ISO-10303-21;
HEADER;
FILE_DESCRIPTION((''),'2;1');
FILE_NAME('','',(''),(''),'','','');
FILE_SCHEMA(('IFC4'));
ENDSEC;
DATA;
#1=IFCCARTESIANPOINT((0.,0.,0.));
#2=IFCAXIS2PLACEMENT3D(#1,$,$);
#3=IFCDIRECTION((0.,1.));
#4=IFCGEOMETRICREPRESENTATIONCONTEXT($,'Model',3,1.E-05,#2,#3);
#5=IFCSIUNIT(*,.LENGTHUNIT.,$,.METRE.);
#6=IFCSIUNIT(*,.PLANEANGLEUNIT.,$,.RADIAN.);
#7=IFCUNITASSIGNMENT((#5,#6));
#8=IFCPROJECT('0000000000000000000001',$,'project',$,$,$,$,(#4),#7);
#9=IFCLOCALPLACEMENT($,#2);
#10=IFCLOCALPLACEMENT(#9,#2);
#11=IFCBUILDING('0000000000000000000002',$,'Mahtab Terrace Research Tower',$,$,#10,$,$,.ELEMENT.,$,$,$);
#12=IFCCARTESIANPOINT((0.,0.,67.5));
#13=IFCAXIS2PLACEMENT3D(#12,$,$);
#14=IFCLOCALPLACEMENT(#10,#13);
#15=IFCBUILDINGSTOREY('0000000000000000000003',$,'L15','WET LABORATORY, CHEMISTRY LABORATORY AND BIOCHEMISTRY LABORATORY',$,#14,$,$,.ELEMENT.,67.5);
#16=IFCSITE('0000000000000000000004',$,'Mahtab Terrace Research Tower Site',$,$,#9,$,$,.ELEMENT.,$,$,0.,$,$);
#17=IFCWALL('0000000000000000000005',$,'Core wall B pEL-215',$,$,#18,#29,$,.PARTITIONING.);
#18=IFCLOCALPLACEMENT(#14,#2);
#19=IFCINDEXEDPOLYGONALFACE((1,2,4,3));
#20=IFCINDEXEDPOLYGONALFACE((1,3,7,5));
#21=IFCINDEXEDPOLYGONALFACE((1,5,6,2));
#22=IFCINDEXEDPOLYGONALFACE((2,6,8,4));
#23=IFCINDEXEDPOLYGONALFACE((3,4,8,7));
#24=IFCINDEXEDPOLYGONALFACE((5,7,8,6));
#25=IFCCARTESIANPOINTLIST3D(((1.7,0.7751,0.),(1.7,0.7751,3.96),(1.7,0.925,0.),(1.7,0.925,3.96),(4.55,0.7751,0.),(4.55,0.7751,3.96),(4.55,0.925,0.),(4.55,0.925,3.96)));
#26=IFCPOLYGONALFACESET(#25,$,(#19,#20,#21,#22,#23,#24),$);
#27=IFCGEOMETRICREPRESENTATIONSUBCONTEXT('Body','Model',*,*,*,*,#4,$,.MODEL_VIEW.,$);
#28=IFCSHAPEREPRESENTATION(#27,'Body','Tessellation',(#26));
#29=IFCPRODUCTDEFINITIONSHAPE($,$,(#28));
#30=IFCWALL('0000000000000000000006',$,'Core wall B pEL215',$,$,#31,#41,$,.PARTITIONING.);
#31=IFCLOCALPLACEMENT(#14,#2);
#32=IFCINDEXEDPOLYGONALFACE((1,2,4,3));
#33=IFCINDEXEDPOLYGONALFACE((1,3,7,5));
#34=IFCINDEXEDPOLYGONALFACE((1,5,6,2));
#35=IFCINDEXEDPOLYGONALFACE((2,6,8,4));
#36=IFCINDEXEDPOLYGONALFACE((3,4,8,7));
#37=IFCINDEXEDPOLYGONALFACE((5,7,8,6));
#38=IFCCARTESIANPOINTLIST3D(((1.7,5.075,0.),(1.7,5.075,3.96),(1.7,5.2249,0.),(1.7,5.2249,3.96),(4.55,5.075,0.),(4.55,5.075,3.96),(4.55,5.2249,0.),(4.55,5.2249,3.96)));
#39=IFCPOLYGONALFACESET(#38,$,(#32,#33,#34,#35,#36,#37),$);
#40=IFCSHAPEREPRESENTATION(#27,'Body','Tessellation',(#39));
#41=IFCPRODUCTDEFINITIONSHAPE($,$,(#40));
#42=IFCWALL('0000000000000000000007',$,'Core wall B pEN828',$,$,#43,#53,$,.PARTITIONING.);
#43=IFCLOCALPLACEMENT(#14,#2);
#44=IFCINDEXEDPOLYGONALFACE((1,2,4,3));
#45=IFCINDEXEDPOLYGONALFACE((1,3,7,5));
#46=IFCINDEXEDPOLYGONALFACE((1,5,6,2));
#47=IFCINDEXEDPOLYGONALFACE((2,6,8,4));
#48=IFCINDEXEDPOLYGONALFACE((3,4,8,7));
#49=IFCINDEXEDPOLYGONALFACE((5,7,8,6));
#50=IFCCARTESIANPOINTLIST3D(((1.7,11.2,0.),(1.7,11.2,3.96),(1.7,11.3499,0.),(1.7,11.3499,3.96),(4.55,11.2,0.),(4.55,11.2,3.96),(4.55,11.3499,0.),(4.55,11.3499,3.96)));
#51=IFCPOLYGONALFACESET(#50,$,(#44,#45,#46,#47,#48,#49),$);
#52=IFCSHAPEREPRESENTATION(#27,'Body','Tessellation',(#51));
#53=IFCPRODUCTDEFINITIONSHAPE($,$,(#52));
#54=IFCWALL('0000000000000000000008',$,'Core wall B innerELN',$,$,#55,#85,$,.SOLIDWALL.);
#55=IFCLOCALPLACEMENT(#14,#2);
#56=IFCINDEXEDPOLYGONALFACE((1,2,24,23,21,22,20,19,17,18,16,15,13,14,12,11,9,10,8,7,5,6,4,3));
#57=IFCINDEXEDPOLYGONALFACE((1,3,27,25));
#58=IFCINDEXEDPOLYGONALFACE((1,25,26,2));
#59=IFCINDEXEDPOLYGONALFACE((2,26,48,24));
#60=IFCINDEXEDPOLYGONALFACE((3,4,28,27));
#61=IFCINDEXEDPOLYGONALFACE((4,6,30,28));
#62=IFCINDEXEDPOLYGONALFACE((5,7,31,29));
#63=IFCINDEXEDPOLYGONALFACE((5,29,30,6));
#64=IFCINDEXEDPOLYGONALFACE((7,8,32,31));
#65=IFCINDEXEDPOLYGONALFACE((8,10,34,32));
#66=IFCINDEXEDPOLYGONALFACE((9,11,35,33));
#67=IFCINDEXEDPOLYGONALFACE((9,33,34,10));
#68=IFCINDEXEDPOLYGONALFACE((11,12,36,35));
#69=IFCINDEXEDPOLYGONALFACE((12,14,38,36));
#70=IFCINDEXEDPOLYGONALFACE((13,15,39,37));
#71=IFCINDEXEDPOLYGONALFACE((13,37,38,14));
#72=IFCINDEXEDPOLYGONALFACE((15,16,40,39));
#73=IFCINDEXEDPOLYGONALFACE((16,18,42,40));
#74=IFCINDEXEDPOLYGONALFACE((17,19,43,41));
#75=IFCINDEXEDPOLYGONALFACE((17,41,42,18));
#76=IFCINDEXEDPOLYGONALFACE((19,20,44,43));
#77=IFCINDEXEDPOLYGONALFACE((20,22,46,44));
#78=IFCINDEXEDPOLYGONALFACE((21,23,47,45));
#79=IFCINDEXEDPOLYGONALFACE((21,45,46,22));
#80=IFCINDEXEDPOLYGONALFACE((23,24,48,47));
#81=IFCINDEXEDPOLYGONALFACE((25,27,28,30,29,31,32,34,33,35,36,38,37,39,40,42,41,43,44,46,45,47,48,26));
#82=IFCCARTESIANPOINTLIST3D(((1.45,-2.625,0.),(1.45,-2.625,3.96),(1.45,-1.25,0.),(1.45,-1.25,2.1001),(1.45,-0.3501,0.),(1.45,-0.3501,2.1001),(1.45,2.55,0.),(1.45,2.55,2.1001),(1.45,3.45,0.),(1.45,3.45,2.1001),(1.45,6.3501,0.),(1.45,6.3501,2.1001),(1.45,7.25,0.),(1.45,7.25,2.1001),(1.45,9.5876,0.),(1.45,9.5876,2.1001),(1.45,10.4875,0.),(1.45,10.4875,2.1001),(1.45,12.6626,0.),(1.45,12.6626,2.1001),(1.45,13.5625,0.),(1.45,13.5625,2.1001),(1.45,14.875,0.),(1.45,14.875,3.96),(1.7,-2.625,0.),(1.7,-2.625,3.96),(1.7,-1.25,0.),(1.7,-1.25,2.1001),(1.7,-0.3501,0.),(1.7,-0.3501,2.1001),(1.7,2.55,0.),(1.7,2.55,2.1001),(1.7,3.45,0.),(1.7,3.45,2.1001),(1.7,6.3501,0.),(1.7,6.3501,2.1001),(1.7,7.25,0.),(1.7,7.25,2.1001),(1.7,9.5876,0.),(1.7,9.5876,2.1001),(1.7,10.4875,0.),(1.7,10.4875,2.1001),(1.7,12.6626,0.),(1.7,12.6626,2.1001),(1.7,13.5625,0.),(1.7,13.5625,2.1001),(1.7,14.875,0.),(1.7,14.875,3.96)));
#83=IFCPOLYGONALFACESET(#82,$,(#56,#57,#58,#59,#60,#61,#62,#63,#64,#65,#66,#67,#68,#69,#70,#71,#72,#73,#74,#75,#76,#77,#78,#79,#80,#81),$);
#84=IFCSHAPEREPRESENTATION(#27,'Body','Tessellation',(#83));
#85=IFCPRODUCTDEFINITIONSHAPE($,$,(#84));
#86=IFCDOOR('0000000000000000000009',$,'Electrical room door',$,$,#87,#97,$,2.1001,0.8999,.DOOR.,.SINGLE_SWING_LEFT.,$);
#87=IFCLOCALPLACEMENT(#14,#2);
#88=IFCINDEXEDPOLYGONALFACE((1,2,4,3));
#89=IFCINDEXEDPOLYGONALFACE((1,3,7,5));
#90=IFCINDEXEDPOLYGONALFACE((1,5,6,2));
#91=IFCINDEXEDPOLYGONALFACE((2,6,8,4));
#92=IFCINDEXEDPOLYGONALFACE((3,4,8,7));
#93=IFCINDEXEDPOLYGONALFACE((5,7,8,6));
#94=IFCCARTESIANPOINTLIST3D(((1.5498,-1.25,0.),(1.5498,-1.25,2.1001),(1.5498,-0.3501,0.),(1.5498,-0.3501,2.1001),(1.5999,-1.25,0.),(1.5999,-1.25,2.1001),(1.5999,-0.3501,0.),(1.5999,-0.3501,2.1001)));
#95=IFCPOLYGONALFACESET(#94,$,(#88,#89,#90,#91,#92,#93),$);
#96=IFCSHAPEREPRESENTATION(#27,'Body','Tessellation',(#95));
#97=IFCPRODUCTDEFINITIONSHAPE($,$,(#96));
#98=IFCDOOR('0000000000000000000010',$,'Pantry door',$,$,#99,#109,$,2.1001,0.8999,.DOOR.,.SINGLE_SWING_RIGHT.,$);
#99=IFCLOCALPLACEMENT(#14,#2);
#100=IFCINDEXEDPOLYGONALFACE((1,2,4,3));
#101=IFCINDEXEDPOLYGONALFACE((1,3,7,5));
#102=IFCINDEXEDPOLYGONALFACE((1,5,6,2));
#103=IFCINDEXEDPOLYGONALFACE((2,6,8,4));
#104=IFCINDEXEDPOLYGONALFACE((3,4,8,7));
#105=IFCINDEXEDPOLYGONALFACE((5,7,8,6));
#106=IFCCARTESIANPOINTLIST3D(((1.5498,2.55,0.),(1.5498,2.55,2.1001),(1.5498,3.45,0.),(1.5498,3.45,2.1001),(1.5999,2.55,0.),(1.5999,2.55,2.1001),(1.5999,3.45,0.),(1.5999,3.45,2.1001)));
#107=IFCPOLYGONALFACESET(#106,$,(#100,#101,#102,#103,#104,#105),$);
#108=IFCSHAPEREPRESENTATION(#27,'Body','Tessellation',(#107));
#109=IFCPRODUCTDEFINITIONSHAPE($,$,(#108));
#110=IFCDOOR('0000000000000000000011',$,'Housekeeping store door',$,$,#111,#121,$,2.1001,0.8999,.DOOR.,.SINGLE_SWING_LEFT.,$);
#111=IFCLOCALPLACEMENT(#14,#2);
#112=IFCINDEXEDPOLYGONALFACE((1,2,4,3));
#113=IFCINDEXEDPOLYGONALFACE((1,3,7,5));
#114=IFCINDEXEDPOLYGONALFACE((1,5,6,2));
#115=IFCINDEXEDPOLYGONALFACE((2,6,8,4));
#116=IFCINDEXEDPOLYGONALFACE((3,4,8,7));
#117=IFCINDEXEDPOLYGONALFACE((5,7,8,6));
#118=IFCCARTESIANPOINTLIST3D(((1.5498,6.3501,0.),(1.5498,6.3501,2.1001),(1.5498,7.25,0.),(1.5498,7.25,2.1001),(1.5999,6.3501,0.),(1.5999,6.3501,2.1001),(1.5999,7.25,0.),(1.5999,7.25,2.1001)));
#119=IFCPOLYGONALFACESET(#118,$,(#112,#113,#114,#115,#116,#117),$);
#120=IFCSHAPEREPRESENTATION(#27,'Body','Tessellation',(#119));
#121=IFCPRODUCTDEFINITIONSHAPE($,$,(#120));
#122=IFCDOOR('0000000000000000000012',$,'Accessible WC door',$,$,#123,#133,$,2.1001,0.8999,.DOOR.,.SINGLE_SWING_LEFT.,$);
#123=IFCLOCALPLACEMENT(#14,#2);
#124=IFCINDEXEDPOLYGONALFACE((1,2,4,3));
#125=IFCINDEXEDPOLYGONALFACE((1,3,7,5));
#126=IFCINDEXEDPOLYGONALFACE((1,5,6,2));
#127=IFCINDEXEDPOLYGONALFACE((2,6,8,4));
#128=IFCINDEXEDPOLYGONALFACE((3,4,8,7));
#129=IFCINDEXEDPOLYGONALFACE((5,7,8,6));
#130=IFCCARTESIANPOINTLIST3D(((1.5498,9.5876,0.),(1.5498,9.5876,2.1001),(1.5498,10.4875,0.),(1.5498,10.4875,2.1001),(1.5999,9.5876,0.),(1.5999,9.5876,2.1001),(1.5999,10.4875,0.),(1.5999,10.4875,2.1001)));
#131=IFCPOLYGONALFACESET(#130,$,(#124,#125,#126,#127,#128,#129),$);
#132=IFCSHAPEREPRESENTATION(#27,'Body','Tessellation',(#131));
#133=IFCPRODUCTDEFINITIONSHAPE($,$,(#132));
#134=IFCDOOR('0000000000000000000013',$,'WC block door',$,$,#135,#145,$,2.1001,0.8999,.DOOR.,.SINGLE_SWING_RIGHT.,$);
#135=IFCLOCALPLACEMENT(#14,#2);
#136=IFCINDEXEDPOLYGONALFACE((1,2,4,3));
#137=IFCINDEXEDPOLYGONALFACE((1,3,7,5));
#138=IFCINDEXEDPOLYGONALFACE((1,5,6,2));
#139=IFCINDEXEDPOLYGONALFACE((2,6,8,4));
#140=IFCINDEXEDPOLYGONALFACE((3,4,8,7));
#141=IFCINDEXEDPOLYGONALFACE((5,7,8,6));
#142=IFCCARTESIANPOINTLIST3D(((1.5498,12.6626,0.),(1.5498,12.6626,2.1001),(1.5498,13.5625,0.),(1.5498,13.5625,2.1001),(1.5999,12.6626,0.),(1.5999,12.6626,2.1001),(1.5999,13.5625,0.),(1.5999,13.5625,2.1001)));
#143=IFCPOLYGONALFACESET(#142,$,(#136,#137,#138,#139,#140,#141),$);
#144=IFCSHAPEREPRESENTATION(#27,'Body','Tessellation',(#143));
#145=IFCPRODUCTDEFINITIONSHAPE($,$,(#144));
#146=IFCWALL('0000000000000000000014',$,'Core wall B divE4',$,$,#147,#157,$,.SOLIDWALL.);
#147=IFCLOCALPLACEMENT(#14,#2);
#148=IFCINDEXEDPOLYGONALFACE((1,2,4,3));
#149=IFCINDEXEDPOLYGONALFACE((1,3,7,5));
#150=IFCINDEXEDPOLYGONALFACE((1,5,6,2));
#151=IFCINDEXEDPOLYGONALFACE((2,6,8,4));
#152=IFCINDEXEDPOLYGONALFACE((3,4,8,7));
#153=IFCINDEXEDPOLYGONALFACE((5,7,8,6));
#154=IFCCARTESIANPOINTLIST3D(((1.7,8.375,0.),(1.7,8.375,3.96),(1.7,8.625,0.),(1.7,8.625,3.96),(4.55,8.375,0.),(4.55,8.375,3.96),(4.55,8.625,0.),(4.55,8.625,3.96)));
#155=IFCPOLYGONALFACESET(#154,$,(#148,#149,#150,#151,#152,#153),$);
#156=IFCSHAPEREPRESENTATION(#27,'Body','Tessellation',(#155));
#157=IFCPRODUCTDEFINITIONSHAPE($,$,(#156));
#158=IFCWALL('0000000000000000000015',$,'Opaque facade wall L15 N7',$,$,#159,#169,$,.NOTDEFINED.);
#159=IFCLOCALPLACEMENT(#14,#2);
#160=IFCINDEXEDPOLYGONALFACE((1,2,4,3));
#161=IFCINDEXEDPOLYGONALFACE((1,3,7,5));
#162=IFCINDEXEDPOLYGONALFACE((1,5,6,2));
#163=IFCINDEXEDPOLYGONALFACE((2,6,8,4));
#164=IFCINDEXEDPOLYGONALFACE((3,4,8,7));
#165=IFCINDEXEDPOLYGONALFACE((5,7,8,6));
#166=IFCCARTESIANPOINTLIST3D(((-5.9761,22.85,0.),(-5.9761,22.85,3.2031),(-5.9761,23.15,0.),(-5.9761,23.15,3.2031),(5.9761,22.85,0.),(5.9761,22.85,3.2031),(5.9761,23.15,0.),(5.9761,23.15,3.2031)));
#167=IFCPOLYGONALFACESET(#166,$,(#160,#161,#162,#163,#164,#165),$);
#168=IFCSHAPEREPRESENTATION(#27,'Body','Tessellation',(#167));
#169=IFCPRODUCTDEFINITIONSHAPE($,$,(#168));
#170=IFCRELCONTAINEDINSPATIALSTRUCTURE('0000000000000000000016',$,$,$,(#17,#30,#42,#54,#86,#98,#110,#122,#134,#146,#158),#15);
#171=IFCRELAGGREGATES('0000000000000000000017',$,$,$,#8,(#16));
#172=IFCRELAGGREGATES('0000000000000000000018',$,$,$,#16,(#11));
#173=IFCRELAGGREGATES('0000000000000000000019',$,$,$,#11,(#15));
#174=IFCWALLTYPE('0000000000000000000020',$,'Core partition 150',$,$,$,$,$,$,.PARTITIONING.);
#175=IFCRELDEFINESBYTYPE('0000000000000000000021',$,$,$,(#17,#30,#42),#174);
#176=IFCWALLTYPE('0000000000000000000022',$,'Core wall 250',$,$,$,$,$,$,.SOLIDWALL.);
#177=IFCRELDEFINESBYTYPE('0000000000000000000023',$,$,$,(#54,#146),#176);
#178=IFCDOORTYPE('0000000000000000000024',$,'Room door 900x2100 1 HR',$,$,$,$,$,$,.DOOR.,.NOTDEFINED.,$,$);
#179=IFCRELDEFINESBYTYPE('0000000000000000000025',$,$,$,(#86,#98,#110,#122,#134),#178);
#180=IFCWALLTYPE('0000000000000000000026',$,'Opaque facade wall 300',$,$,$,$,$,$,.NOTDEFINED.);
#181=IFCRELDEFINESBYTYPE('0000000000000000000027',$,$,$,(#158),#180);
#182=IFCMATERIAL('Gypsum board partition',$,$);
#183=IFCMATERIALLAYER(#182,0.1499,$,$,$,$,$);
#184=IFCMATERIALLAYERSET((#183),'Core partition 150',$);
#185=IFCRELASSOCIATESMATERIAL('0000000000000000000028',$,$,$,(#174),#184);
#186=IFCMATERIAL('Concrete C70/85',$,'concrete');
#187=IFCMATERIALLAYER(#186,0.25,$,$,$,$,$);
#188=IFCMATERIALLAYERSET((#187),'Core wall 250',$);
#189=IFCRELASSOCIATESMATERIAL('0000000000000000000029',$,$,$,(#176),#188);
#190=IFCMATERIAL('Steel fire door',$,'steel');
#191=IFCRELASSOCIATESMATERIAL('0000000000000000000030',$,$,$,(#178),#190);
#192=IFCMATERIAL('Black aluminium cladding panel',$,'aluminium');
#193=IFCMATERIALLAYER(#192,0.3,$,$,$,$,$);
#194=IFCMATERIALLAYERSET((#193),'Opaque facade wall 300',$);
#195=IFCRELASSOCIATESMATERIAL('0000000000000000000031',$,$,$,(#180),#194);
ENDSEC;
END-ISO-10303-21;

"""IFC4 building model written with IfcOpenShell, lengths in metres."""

from ifc_helpers import new_model, si_unit, direction, frame, frame_2d, origin, place, context, subcontext, project, spatial, rectangle, extrude, material, layer, layer_set, type_object, element, fill, save


model = new_model("IFC4")

# Units and contexts
model_context = context("Model", 3, precision=1e-05, world=origin(), true_north=direction((0.0, 1.0)))
body_context = subcontext(model_context, "Body", "Model", "MODEL_VIEW")
ifc_project = project(units=[si_unit("LENGTHUNIT", "METRE"), si_unit("PLANEANGLEUNIT", "RADIAN")], contexts=[model_context])

# Site, building, storey
site_placement = place(None, origin())
site = spatial("IfcSite", under=ifc_project, at=site_placement, Name="Mahtab Terrace Research Tower Site", CompositionType="ELEMENT", RefElevation=0.0)
building_placement = place(site_placement, origin())
building = spatial("IfcBuilding", under=site, at=building_placement, Name="Mahtab Terrace Research Tower", CompositionType="ELEMENT")
storey_placement = place(building_placement, frame((0.0, 0.0, 67.5)))
storey = spatial("IfcBuildingStorey", under=building, at=storey_placement, Name="L15", Description="WET LABORATORY, CHEMISTRY LABORATORY AND BIOCHEMISTRY LABORATORY", CompositionType="ELEMENT", Elevation=67.5)

# Shared definitions
ifc_material_1 = material(Name="Concrete C70/85", Category="concrete")

# Walls
ifc_material_2 = material(Name="Gypsum board partition")
ifc_layer_1 = layer(ifc_material_2, 0.1499)
ifc_layer_set_1 = layer_set([ifc_layer_1], Name="Core partition 150")
wall_type_1 = type_object("IfcWallType", Name="Core partition 150", PredefinedType="PARTITIONING", material=ifc_layer_set_1)
for number, where, z_axis, x_axis, name in (
    (1, (1.7, 0.8501, 0.0), (0.0, 0.0, 1.0), (1.0, 0.0, 0.0), "Core wall B pEL-215"),
    (2, (1.7, 5.1499, 0.0), (0.0, 0.0, 1.0), (1.0, 0.0, 0.0), "Core wall B pEL215"),
    (3, (1.7, 11.2749, 0.0), (0.0, 0.0, 1.0), (1.0, 0.0, 0.0), "Core wall B pEN828"),
):
    element("IfcWall", number, at=place(storey_placement, frame(where, z_axis=z_axis, x_axis=x_axis)), inside=storey, type_object=wall_type_1, Name=name, PredefinedType="PARTITIONING", context=body_context, shape_type="SweptSolid", body=[
        extrude(rectangle(XDim=2.8501, YDim=0.1499, at=frame_2d((1.425, 0.0))), origin(), (0.0, 0.0, 1.0), 3.96),
    ])

# Wall, openings, doors
ifc_layer_2 = layer(ifc_material_1, 0.25)
ifc_layer_set_2 = layer_set([ifc_layer_2], Name="Core wall 250")
wall_type_2 = type_object("IfcWallType", Name="Core wall 250", PredefinedType="SOLIDWALL", material=ifc_layer_set_2)
wall_1_placement = place(storey_placement, frame((1.575, 14.875, 0.0), z_axis=(0.0, 0.0, 1.0), x_axis=(0.0, -1.0, 0.0)))
wall_1 = element("IfcWall", 4, at=wall_1_placement, inside=storey, type_object=wall_type_2, Name="Core wall B innerELN", PredefinedType="SOLIDWALL", context=body_context, shape_type="SweptSolid", body=[
    extrude(rectangle(XDim=17.5, YDim=0.25, at=frame_2d((8.75, 0.0))), origin(), (0.0, 0.0, 1.0), 3.96),
])
opening_1_placement = place(wall_1_placement, frame((15.2251, 0.0, 0.0)))
opening_1 = element("IfcOpeningElement", 5, at=opening_1_placement, cuts=wall_1, PredefinedType="OPENING", context=body_context, shape_type="SweptSolid", body=[
    extrude(rectangle(XDim=0.8999, YDim=2.1001, at=frame_2d((0.45, 1.05))), frame((0.0, 0.135, 0.0), z_axis=(0.0, -1.0, 0.0), x_axis=(1.0, 0.0, 0.0)), (0.0, 0.0, 1.0), 0.27),
])
opening_2_placement = place(wall_1_placement, frame((11.425, 0.0, 0.0)))
opening_2 = element("IfcOpeningElement", 6, at=opening_2_placement, cuts=wall_1, PredefinedType="OPENING", context=body_context, shape_type="SweptSolid", body=[
    extrude(rectangle(XDim=0.8999, YDim=2.1001, at=frame_2d((0.45, 1.05))), frame((0.0, 0.135, 0.0), z_axis=(0.0, -1.0, 0.0), x_axis=(1.0, 0.0, 0.0)), (0.0, 0.0, 1.0), 0.27),
])
opening_3_placement = place(wall_1_placement, frame((7.625, 0.0, 0.0)))
opening_3 = element("IfcOpeningElement", 7, at=opening_3_placement, cuts=wall_1, PredefinedType="OPENING", context=body_context, shape_type="SweptSolid", body=[
    extrude(rectangle(XDim=0.8999, YDim=2.1001, at=frame_2d((0.45, 1.05))), frame((0.0, 0.135, 0.0), z_axis=(0.0, -1.0, 0.0), x_axis=(1.0, 0.0, 0.0)), (0.0, 0.0, 1.0), 0.27),
])
opening_4_placement = place(wall_1_placement, frame((4.3875, 0.0, 0.0)))
opening_4 = element("IfcOpeningElement", 8, at=opening_4_placement, cuts=wall_1, PredefinedType="OPENING", context=body_context, shape_type="SweptSolid", body=[
    extrude(rectangle(XDim=0.8999, YDim=2.1001, at=frame_2d((0.45, 1.05))), frame((0.0, 0.135, 0.0), z_axis=(0.0, -1.0, 0.0), x_axis=(1.0, 0.0, 0.0)), (0.0, 0.0, 1.0), 0.27),
])
opening_5_placement = place(wall_1_placement, frame((1.3125, 0.0, 0.0)))
opening_5 = element("IfcOpeningElement", 9, at=opening_5_placement, cuts=wall_1, PredefinedType="OPENING", context=body_context, shape_type="SweptSolid", body=[
    extrude(rectangle(XDim=0.8999, YDim=2.1001, at=frame_2d((0.45, 1.05))), frame((0.0, 0.135, 0.0), z_axis=(0.0, -1.0, 0.0), x_axis=(1.0, 0.0, 0.0)), (0.0, 0.0, 1.0), 0.27),
])
ifc_material_3 = material(Name="Steel fire door", Category="steel")
door_type = type_object("IfcDoorType", Name="Room door 900x2100 1 HR", OperationType="NOTDEFINED", PredefinedType="DOOR", material=ifc_material_3)
door_1_placement = place(opening_1_placement, origin())
door_1 = element("IfcDoor", 10, at=door_1_placement, inside=storey, type_object=door_type, Name="Electrical room door", OperationType="SINGLE_SWING_LEFT", OverallHeight=2.1001, OverallWidth=0.8999, PredefinedType="DOOR", context=body_context, shape_type="SweptSolid", body=[
    extrude(rectangle(XDim=0.8999, YDim=2.1001, at=frame_2d((0.45, 1.05))), frame((0.0, 0.0249, 0.0), z_axis=(0.0, -1.0, 0.0), x_axis=(1.0, 0.0, 0.0)), (0.0, 0.0, 1.0), 0.05),
])
fill(opening_1, door_1)
door_2_placement = place(opening_2_placement, origin())
door_2 = element("IfcDoor", 11, at=door_2_placement, inside=storey, type_object=door_type, Name="Pantry door", OperationType="SINGLE_SWING_RIGHT", OverallHeight=2.1001, OverallWidth=0.8999, PredefinedType="DOOR", context=body_context, shape_type="SweptSolid", body=[
    extrude(rectangle(XDim=0.8999, YDim=2.1001, at=frame_2d((0.45, 1.05))), frame((0.0, 0.0249, 0.0), z_axis=(0.0, -1.0, 0.0), x_axis=(1.0, 0.0, 0.0)), (0.0, 0.0, 1.0), 0.05),
])
fill(opening_2, door_2)
door_3_placement = place(opening_3_placement, origin())
door_3 = element("IfcDoor", 12, at=door_3_placement, inside=storey, type_object=door_type, Name="Housekeeping store door", OperationType="SINGLE_SWING_LEFT", OverallHeight=2.1001, OverallWidth=0.8999, PredefinedType="DOOR", context=body_context, shape_type="SweptSolid", body=[
    extrude(rectangle(XDim=0.8999, YDim=2.1001, at=frame_2d((0.45, 1.05))), frame((0.0, 0.0249, 0.0), z_axis=(0.0, -1.0, 0.0), x_axis=(1.0, 0.0, 0.0)), (0.0, 0.0, 1.0), 0.05),
])
fill(opening_3, door_3)
door_4_placement = place(opening_4_placement, origin())
door_4 = element("IfcDoor", 13, at=door_4_placement, inside=storey, type_object=door_type, Name="Accessible WC door", OperationType="SINGLE_SWING_LEFT", OverallHeight=2.1001, OverallWidth=0.8999, PredefinedType="DOOR", context=body_context, shape_type="SweptSolid", body=[
    extrude(rectangle(XDim=0.8999, YDim=2.1001, at=frame_2d((0.45, 1.05))), frame((0.0, 0.0249, 0.0), z_axis=(0.0, -1.0, 0.0), x_axis=(1.0, 0.0, 0.0)), (0.0, 0.0, 1.0), 0.05),
])
fill(opening_4, door_4)
door_5_placement = place(opening_5_placement, origin())
door_5 = element("IfcDoor", 14, at=door_5_placement, inside=storey, type_object=door_type, Name="WC block door", OperationType="SINGLE_SWING_RIGHT", OverallHeight=2.1001, OverallWidth=0.8999, PredefinedType="DOOR", context=body_context, shape_type="SweptSolid", body=[
    extrude(rectangle(XDim=0.8999, YDim=2.1001, at=frame_2d((0.45, 1.05))), frame((0.0, 0.0249, 0.0), z_axis=(0.0, -1.0, 0.0), x_axis=(1.0, 0.0, 0.0)), (0.0, 0.0, 1.0), 0.05),
])
fill(opening_5, door_5)

# Walls
wall_2_placement = place(storey_placement, frame((1.7, 8.5, 0.0), z_axis=(0.0, 0.0, 1.0), x_axis=(1.0, 0.0, 0.0)))
element("IfcWall", 15, at=wall_2_placement, inside=storey, type_object=wall_type_2, Name="Core wall B divE4", PredefinedType="SOLIDWALL", context=body_context, shape_type="SweptSolid", body=[
    extrude(rectangle(XDim=2.8501, YDim=0.25, at=frame_2d((1.425, 0.0))), origin(), (0.0, 0.0, 1.0), 3.96),
])
ifc_material_4 = material(Name="Black aluminium cladding panel", Category="aluminium")
ifc_layer_3 = layer(ifc_material_4, 0.3)
ifc_layer_set_3 = layer_set([ifc_layer_3], Name="Opaque facade wall 300")
wall_type_3 = type_object("IfcWallType", Name="Opaque facade wall 300", PredefinedType="NOTDEFINED", material=ifc_layer_set_3)
wall_3_placement = place(storey_placement, frame((5.9761, 23.0, 0.0), z_axis=(0.0, 0.0, 1.0), x_axis=(-1.0, 0.0, 0.0)))
element("IfcWall", 16, at=wall_3_placement, inside=storey, type_object=wall_type_3, Name="Opaque facade wall L15 N7", PredefinedType="NOTDEFINED", context=body_context, shape_type="SweptSolid", body=[
    extrude(rectangle(XDim=11.9521, YDim=0.3, at=frame_2d((5.9761, 0.0))), origin(), (0.0, 0.0, 1.0), 3.2031),
])

save(model, "model.ifc")
